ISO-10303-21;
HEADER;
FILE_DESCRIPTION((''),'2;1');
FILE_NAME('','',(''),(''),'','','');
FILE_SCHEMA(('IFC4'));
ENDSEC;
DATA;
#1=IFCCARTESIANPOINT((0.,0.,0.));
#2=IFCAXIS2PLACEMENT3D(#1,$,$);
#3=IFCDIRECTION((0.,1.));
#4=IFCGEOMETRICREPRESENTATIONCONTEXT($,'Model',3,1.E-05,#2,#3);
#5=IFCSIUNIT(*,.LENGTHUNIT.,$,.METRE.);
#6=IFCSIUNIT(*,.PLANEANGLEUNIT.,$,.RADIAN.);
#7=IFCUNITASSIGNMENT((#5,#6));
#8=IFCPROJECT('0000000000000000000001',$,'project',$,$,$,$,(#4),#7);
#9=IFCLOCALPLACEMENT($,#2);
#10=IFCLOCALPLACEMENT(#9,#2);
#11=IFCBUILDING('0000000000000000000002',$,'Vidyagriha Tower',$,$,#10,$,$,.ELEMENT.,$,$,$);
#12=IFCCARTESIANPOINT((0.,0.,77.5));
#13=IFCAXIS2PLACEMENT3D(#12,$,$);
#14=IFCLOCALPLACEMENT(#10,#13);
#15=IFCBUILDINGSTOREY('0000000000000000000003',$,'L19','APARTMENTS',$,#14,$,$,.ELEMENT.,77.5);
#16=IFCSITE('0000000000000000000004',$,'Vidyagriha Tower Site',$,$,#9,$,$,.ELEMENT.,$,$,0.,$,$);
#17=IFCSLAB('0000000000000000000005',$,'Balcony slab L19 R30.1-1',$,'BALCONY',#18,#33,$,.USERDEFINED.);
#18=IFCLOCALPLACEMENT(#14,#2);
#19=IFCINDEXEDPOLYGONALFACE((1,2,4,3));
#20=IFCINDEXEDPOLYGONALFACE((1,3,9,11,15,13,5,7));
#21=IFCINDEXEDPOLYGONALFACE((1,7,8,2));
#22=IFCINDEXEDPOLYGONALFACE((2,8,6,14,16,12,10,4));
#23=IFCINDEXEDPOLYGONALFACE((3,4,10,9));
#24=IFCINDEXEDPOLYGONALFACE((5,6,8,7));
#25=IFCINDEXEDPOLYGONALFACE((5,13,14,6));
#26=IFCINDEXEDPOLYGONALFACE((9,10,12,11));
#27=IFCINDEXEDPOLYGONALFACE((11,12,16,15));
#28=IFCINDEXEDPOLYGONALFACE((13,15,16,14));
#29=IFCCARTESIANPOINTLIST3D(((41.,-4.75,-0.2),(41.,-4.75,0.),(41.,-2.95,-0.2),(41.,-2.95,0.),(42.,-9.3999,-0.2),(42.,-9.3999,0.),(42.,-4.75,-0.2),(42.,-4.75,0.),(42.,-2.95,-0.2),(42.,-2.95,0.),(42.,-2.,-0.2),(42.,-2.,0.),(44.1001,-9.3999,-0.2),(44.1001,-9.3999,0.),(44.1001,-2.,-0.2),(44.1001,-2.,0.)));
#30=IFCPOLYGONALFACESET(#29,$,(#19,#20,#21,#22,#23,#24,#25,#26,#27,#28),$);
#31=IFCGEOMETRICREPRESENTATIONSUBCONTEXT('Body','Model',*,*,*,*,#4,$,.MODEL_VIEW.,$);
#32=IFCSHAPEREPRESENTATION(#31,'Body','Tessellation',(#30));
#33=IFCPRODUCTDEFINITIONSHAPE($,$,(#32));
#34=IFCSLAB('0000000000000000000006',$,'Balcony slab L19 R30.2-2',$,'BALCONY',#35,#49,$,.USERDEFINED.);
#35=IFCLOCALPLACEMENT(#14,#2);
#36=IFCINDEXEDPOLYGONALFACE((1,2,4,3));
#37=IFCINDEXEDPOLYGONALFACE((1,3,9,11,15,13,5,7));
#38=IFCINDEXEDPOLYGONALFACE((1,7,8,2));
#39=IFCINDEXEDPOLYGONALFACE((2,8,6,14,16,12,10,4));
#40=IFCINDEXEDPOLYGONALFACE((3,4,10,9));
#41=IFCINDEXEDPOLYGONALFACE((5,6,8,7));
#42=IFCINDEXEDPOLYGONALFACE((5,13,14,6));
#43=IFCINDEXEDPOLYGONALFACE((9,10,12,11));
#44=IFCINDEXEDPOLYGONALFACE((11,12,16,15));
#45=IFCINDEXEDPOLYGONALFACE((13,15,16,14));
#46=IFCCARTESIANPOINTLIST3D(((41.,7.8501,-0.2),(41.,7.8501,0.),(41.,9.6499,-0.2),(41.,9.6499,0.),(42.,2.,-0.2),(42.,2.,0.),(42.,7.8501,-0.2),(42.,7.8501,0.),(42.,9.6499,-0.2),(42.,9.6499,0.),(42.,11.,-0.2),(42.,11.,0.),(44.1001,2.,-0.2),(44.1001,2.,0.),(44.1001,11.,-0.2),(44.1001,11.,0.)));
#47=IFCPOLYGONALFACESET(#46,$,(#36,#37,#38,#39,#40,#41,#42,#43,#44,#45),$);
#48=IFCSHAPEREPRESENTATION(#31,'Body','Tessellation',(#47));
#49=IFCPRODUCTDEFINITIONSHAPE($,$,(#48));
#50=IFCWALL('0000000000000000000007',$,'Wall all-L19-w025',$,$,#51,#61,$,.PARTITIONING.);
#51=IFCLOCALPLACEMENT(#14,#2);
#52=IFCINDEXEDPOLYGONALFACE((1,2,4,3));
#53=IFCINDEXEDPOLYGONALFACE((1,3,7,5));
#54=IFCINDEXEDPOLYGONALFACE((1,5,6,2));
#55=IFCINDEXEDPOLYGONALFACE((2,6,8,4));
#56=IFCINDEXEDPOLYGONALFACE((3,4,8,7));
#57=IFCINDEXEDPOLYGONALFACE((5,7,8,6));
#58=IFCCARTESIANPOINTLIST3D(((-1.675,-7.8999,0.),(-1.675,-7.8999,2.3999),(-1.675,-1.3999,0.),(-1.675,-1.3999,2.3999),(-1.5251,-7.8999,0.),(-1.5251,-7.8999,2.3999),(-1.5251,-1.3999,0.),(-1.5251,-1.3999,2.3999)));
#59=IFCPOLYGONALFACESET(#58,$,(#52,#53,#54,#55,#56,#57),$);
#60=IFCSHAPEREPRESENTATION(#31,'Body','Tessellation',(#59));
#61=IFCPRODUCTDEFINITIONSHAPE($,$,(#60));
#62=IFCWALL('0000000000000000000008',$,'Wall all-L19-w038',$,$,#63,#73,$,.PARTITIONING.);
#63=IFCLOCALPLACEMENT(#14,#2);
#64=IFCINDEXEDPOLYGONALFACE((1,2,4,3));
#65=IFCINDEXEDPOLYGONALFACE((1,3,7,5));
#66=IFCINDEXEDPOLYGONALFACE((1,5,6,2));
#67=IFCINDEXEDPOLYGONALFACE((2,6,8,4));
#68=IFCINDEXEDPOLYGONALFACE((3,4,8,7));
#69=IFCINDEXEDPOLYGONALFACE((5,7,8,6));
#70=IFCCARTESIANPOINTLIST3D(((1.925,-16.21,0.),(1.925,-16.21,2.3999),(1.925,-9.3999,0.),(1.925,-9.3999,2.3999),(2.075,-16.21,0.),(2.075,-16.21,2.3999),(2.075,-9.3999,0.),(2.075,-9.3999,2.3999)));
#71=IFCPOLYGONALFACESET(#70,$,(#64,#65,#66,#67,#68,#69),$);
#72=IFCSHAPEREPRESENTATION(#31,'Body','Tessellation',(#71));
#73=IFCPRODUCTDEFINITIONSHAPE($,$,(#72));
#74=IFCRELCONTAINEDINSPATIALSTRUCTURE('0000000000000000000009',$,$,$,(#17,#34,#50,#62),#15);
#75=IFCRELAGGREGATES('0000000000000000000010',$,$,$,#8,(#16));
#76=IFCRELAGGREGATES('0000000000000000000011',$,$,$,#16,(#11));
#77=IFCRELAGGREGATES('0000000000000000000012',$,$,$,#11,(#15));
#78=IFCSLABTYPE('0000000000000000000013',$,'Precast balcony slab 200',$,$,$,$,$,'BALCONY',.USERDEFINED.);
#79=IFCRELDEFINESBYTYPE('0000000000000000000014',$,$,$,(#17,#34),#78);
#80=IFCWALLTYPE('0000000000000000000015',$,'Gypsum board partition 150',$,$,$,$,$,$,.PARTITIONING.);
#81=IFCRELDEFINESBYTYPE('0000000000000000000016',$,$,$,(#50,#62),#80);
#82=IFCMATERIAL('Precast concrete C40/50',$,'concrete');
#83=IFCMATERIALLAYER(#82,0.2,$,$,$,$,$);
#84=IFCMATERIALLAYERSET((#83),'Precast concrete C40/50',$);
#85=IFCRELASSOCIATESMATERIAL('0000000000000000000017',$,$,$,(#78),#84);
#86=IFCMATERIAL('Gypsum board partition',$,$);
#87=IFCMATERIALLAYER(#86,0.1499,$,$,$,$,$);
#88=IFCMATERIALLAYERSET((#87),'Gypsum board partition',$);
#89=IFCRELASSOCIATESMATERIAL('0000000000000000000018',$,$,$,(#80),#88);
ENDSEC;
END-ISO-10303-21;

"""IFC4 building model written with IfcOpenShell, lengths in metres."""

from ifc_helpers import new_model, si_unit, direction, frame, frame_2d, origin, place, context, subcontext, project, spatial, polyline, rectangle, outline, extrude, material, layer, layer_set, type_object, element, save


model = new_model("IFC4")

# Units and contexts
model_context = context("Model", 3, precision=1e-05, world=origin(), true_north=direction((0.0, 1.0)))
body_context = subcontext(model_context, "Body", "Model", "MODEL_VIEW")
ifc_project = project(units=[si_unit("LENGTHUNIT", "METRE"), si_unit("PLANEANGLEUNIT", "RADIAN")], contexts=[model_context])

# Site, building, storey
site_placement = place(None, origin())
site = spatial("IfcSite", under=ifc_project, at=site_placement, Name="Vidyagriha Tower Site", CompositionType="ELEMENT", RefElevation=0.0)
building_placement = place(site_placement, origin())
building = spatial("IfcBuilding", under=site, at=building_placement, Name="Vidyagriha Tower", CompositionType="ELEMENT")
storey_placement = place(building_placement, frame((0.0, 0.0, 77.5)))
storey = spatial("IfcBuildingStorey", under=building, at=storey_placement, Name="L19", Description="APARTMENTS", CompositionType="ELEMENT", Elevation=77.5)

# Slabs
ifc_material_1 = material(Name="Precast concrete C40/50", Category="concrete")
ifc_layer_1 = layer(ifc_material_1, 0.2)
ifc_layer_set_1 = layer_set([ifc_layer_1], Name="Precast concrete C40/50")
slab_type_1 = type_object("IfcSlabType", Name="Precast balcony slab 200", ElementType="BALCONY", PredefinedType="USERDEFINED", material=ifc_layer_set_1)
slab_1_placement = place(storey_placement, frame((0.0, 0.0, -0.2)))
element("IfcSlab", 1, at=slab_1_placement, inside=storey, type_object=slab_type_1, Name="Balcony slab L19 R30.1-1", ObjectType="BALCONY", PredefinedType="USERDEFINED", context=body_context, shape_type="SweptSolid", body=[
    extrude(outline(polyline([(42.0, -4.75), (42.0, -9.3999), (44.1001, -9.3999), (44.1001, -2.0), (42.0, -2.0), (42.0, -2.95), (41.0, -2.95), (41.0, -4.75), (42.0, -4.75)])), origin(), (0.0, 0.0, 1.0), 0.2),
])
slab_2_placement = place(storey_placement, frame((0.0, 0.0, -0.2)))
element("IfcSlab", 2, at=slab_2_placement, inside=storey, type_object=slab_type_1, Name="Balcony slab L19 R30.2-2", ObjectType="BALCONY", PredefinedType="USERDEFINED", context=body_context, shape_type="SweptSolid", body=[
    extrude(outline(polyline([(42.0, 7.8501), (42.0, 2.0), (44.1001, 2.0), (44.1001, 11.0), (42.0, 11.0), (42.0, 9.6499), (41.0, 9.6499), (41.0, 7.8501), (42.0, 7.8501)])), origin(), (0.0, 0.0, 1.0), 0.2),
])

# Walls
ifc_material_2 = material(Name="Gypsum board partition")
ifc_layer_2 = layer(ifc_material_2, 0.1499)
ifc_layer_set_2 = layer_set([ifc_layer_2], Name="Gypsum board partition")
wall_type = type_object("IfcWallType", Name="Gypsum board partition 150", PredefinedType="PARTITIONING", material=ifc_layer_set_2)
wall_1_placement = place(storey_placement, frame((-1.6001, -1.3999, 0.0), z_axis=(0.0, 0.0, 1.0), x_axis=(0.0, -1.0, 0.0)))
element("IfcWall", 3, at=wall_1_placement, inside=storey, type_object=wall_type, Name="Wall all-L19-w025", PredefinedType="PARTITIONING", context=body_context, shape_type="SweptSolid", body=[
    extrude(rectangle(XDim=6.5, YDim=0.1499, at=frame_2d((3.25, 0.0))), origin(), (0.0, 0.0, 1.0), 2.3999),
])
wall_2_placement = place(storey_placement, frame((2.0, -9.3999, 0.0), z_axis=(0.0, 0.0, 1.0), x_axis=(0.0, -1.0, 0.0)))
element("IfcWall", 4, at=wall_2_placement, inside=storey, type_object=wall_type, Name="Wall all-L19-w038", PredefinedType="PARTITIONING", context=body_context, shape_type="SweptSolid", body=[
    extrude(rectangle(XDim=6.8101, YDim=0.1499, at=frame_2d((3.405, 0.0))), origin(), (0.0, 0.0, 1.0), 2.3999),
])

save(model, "model.ifc")
